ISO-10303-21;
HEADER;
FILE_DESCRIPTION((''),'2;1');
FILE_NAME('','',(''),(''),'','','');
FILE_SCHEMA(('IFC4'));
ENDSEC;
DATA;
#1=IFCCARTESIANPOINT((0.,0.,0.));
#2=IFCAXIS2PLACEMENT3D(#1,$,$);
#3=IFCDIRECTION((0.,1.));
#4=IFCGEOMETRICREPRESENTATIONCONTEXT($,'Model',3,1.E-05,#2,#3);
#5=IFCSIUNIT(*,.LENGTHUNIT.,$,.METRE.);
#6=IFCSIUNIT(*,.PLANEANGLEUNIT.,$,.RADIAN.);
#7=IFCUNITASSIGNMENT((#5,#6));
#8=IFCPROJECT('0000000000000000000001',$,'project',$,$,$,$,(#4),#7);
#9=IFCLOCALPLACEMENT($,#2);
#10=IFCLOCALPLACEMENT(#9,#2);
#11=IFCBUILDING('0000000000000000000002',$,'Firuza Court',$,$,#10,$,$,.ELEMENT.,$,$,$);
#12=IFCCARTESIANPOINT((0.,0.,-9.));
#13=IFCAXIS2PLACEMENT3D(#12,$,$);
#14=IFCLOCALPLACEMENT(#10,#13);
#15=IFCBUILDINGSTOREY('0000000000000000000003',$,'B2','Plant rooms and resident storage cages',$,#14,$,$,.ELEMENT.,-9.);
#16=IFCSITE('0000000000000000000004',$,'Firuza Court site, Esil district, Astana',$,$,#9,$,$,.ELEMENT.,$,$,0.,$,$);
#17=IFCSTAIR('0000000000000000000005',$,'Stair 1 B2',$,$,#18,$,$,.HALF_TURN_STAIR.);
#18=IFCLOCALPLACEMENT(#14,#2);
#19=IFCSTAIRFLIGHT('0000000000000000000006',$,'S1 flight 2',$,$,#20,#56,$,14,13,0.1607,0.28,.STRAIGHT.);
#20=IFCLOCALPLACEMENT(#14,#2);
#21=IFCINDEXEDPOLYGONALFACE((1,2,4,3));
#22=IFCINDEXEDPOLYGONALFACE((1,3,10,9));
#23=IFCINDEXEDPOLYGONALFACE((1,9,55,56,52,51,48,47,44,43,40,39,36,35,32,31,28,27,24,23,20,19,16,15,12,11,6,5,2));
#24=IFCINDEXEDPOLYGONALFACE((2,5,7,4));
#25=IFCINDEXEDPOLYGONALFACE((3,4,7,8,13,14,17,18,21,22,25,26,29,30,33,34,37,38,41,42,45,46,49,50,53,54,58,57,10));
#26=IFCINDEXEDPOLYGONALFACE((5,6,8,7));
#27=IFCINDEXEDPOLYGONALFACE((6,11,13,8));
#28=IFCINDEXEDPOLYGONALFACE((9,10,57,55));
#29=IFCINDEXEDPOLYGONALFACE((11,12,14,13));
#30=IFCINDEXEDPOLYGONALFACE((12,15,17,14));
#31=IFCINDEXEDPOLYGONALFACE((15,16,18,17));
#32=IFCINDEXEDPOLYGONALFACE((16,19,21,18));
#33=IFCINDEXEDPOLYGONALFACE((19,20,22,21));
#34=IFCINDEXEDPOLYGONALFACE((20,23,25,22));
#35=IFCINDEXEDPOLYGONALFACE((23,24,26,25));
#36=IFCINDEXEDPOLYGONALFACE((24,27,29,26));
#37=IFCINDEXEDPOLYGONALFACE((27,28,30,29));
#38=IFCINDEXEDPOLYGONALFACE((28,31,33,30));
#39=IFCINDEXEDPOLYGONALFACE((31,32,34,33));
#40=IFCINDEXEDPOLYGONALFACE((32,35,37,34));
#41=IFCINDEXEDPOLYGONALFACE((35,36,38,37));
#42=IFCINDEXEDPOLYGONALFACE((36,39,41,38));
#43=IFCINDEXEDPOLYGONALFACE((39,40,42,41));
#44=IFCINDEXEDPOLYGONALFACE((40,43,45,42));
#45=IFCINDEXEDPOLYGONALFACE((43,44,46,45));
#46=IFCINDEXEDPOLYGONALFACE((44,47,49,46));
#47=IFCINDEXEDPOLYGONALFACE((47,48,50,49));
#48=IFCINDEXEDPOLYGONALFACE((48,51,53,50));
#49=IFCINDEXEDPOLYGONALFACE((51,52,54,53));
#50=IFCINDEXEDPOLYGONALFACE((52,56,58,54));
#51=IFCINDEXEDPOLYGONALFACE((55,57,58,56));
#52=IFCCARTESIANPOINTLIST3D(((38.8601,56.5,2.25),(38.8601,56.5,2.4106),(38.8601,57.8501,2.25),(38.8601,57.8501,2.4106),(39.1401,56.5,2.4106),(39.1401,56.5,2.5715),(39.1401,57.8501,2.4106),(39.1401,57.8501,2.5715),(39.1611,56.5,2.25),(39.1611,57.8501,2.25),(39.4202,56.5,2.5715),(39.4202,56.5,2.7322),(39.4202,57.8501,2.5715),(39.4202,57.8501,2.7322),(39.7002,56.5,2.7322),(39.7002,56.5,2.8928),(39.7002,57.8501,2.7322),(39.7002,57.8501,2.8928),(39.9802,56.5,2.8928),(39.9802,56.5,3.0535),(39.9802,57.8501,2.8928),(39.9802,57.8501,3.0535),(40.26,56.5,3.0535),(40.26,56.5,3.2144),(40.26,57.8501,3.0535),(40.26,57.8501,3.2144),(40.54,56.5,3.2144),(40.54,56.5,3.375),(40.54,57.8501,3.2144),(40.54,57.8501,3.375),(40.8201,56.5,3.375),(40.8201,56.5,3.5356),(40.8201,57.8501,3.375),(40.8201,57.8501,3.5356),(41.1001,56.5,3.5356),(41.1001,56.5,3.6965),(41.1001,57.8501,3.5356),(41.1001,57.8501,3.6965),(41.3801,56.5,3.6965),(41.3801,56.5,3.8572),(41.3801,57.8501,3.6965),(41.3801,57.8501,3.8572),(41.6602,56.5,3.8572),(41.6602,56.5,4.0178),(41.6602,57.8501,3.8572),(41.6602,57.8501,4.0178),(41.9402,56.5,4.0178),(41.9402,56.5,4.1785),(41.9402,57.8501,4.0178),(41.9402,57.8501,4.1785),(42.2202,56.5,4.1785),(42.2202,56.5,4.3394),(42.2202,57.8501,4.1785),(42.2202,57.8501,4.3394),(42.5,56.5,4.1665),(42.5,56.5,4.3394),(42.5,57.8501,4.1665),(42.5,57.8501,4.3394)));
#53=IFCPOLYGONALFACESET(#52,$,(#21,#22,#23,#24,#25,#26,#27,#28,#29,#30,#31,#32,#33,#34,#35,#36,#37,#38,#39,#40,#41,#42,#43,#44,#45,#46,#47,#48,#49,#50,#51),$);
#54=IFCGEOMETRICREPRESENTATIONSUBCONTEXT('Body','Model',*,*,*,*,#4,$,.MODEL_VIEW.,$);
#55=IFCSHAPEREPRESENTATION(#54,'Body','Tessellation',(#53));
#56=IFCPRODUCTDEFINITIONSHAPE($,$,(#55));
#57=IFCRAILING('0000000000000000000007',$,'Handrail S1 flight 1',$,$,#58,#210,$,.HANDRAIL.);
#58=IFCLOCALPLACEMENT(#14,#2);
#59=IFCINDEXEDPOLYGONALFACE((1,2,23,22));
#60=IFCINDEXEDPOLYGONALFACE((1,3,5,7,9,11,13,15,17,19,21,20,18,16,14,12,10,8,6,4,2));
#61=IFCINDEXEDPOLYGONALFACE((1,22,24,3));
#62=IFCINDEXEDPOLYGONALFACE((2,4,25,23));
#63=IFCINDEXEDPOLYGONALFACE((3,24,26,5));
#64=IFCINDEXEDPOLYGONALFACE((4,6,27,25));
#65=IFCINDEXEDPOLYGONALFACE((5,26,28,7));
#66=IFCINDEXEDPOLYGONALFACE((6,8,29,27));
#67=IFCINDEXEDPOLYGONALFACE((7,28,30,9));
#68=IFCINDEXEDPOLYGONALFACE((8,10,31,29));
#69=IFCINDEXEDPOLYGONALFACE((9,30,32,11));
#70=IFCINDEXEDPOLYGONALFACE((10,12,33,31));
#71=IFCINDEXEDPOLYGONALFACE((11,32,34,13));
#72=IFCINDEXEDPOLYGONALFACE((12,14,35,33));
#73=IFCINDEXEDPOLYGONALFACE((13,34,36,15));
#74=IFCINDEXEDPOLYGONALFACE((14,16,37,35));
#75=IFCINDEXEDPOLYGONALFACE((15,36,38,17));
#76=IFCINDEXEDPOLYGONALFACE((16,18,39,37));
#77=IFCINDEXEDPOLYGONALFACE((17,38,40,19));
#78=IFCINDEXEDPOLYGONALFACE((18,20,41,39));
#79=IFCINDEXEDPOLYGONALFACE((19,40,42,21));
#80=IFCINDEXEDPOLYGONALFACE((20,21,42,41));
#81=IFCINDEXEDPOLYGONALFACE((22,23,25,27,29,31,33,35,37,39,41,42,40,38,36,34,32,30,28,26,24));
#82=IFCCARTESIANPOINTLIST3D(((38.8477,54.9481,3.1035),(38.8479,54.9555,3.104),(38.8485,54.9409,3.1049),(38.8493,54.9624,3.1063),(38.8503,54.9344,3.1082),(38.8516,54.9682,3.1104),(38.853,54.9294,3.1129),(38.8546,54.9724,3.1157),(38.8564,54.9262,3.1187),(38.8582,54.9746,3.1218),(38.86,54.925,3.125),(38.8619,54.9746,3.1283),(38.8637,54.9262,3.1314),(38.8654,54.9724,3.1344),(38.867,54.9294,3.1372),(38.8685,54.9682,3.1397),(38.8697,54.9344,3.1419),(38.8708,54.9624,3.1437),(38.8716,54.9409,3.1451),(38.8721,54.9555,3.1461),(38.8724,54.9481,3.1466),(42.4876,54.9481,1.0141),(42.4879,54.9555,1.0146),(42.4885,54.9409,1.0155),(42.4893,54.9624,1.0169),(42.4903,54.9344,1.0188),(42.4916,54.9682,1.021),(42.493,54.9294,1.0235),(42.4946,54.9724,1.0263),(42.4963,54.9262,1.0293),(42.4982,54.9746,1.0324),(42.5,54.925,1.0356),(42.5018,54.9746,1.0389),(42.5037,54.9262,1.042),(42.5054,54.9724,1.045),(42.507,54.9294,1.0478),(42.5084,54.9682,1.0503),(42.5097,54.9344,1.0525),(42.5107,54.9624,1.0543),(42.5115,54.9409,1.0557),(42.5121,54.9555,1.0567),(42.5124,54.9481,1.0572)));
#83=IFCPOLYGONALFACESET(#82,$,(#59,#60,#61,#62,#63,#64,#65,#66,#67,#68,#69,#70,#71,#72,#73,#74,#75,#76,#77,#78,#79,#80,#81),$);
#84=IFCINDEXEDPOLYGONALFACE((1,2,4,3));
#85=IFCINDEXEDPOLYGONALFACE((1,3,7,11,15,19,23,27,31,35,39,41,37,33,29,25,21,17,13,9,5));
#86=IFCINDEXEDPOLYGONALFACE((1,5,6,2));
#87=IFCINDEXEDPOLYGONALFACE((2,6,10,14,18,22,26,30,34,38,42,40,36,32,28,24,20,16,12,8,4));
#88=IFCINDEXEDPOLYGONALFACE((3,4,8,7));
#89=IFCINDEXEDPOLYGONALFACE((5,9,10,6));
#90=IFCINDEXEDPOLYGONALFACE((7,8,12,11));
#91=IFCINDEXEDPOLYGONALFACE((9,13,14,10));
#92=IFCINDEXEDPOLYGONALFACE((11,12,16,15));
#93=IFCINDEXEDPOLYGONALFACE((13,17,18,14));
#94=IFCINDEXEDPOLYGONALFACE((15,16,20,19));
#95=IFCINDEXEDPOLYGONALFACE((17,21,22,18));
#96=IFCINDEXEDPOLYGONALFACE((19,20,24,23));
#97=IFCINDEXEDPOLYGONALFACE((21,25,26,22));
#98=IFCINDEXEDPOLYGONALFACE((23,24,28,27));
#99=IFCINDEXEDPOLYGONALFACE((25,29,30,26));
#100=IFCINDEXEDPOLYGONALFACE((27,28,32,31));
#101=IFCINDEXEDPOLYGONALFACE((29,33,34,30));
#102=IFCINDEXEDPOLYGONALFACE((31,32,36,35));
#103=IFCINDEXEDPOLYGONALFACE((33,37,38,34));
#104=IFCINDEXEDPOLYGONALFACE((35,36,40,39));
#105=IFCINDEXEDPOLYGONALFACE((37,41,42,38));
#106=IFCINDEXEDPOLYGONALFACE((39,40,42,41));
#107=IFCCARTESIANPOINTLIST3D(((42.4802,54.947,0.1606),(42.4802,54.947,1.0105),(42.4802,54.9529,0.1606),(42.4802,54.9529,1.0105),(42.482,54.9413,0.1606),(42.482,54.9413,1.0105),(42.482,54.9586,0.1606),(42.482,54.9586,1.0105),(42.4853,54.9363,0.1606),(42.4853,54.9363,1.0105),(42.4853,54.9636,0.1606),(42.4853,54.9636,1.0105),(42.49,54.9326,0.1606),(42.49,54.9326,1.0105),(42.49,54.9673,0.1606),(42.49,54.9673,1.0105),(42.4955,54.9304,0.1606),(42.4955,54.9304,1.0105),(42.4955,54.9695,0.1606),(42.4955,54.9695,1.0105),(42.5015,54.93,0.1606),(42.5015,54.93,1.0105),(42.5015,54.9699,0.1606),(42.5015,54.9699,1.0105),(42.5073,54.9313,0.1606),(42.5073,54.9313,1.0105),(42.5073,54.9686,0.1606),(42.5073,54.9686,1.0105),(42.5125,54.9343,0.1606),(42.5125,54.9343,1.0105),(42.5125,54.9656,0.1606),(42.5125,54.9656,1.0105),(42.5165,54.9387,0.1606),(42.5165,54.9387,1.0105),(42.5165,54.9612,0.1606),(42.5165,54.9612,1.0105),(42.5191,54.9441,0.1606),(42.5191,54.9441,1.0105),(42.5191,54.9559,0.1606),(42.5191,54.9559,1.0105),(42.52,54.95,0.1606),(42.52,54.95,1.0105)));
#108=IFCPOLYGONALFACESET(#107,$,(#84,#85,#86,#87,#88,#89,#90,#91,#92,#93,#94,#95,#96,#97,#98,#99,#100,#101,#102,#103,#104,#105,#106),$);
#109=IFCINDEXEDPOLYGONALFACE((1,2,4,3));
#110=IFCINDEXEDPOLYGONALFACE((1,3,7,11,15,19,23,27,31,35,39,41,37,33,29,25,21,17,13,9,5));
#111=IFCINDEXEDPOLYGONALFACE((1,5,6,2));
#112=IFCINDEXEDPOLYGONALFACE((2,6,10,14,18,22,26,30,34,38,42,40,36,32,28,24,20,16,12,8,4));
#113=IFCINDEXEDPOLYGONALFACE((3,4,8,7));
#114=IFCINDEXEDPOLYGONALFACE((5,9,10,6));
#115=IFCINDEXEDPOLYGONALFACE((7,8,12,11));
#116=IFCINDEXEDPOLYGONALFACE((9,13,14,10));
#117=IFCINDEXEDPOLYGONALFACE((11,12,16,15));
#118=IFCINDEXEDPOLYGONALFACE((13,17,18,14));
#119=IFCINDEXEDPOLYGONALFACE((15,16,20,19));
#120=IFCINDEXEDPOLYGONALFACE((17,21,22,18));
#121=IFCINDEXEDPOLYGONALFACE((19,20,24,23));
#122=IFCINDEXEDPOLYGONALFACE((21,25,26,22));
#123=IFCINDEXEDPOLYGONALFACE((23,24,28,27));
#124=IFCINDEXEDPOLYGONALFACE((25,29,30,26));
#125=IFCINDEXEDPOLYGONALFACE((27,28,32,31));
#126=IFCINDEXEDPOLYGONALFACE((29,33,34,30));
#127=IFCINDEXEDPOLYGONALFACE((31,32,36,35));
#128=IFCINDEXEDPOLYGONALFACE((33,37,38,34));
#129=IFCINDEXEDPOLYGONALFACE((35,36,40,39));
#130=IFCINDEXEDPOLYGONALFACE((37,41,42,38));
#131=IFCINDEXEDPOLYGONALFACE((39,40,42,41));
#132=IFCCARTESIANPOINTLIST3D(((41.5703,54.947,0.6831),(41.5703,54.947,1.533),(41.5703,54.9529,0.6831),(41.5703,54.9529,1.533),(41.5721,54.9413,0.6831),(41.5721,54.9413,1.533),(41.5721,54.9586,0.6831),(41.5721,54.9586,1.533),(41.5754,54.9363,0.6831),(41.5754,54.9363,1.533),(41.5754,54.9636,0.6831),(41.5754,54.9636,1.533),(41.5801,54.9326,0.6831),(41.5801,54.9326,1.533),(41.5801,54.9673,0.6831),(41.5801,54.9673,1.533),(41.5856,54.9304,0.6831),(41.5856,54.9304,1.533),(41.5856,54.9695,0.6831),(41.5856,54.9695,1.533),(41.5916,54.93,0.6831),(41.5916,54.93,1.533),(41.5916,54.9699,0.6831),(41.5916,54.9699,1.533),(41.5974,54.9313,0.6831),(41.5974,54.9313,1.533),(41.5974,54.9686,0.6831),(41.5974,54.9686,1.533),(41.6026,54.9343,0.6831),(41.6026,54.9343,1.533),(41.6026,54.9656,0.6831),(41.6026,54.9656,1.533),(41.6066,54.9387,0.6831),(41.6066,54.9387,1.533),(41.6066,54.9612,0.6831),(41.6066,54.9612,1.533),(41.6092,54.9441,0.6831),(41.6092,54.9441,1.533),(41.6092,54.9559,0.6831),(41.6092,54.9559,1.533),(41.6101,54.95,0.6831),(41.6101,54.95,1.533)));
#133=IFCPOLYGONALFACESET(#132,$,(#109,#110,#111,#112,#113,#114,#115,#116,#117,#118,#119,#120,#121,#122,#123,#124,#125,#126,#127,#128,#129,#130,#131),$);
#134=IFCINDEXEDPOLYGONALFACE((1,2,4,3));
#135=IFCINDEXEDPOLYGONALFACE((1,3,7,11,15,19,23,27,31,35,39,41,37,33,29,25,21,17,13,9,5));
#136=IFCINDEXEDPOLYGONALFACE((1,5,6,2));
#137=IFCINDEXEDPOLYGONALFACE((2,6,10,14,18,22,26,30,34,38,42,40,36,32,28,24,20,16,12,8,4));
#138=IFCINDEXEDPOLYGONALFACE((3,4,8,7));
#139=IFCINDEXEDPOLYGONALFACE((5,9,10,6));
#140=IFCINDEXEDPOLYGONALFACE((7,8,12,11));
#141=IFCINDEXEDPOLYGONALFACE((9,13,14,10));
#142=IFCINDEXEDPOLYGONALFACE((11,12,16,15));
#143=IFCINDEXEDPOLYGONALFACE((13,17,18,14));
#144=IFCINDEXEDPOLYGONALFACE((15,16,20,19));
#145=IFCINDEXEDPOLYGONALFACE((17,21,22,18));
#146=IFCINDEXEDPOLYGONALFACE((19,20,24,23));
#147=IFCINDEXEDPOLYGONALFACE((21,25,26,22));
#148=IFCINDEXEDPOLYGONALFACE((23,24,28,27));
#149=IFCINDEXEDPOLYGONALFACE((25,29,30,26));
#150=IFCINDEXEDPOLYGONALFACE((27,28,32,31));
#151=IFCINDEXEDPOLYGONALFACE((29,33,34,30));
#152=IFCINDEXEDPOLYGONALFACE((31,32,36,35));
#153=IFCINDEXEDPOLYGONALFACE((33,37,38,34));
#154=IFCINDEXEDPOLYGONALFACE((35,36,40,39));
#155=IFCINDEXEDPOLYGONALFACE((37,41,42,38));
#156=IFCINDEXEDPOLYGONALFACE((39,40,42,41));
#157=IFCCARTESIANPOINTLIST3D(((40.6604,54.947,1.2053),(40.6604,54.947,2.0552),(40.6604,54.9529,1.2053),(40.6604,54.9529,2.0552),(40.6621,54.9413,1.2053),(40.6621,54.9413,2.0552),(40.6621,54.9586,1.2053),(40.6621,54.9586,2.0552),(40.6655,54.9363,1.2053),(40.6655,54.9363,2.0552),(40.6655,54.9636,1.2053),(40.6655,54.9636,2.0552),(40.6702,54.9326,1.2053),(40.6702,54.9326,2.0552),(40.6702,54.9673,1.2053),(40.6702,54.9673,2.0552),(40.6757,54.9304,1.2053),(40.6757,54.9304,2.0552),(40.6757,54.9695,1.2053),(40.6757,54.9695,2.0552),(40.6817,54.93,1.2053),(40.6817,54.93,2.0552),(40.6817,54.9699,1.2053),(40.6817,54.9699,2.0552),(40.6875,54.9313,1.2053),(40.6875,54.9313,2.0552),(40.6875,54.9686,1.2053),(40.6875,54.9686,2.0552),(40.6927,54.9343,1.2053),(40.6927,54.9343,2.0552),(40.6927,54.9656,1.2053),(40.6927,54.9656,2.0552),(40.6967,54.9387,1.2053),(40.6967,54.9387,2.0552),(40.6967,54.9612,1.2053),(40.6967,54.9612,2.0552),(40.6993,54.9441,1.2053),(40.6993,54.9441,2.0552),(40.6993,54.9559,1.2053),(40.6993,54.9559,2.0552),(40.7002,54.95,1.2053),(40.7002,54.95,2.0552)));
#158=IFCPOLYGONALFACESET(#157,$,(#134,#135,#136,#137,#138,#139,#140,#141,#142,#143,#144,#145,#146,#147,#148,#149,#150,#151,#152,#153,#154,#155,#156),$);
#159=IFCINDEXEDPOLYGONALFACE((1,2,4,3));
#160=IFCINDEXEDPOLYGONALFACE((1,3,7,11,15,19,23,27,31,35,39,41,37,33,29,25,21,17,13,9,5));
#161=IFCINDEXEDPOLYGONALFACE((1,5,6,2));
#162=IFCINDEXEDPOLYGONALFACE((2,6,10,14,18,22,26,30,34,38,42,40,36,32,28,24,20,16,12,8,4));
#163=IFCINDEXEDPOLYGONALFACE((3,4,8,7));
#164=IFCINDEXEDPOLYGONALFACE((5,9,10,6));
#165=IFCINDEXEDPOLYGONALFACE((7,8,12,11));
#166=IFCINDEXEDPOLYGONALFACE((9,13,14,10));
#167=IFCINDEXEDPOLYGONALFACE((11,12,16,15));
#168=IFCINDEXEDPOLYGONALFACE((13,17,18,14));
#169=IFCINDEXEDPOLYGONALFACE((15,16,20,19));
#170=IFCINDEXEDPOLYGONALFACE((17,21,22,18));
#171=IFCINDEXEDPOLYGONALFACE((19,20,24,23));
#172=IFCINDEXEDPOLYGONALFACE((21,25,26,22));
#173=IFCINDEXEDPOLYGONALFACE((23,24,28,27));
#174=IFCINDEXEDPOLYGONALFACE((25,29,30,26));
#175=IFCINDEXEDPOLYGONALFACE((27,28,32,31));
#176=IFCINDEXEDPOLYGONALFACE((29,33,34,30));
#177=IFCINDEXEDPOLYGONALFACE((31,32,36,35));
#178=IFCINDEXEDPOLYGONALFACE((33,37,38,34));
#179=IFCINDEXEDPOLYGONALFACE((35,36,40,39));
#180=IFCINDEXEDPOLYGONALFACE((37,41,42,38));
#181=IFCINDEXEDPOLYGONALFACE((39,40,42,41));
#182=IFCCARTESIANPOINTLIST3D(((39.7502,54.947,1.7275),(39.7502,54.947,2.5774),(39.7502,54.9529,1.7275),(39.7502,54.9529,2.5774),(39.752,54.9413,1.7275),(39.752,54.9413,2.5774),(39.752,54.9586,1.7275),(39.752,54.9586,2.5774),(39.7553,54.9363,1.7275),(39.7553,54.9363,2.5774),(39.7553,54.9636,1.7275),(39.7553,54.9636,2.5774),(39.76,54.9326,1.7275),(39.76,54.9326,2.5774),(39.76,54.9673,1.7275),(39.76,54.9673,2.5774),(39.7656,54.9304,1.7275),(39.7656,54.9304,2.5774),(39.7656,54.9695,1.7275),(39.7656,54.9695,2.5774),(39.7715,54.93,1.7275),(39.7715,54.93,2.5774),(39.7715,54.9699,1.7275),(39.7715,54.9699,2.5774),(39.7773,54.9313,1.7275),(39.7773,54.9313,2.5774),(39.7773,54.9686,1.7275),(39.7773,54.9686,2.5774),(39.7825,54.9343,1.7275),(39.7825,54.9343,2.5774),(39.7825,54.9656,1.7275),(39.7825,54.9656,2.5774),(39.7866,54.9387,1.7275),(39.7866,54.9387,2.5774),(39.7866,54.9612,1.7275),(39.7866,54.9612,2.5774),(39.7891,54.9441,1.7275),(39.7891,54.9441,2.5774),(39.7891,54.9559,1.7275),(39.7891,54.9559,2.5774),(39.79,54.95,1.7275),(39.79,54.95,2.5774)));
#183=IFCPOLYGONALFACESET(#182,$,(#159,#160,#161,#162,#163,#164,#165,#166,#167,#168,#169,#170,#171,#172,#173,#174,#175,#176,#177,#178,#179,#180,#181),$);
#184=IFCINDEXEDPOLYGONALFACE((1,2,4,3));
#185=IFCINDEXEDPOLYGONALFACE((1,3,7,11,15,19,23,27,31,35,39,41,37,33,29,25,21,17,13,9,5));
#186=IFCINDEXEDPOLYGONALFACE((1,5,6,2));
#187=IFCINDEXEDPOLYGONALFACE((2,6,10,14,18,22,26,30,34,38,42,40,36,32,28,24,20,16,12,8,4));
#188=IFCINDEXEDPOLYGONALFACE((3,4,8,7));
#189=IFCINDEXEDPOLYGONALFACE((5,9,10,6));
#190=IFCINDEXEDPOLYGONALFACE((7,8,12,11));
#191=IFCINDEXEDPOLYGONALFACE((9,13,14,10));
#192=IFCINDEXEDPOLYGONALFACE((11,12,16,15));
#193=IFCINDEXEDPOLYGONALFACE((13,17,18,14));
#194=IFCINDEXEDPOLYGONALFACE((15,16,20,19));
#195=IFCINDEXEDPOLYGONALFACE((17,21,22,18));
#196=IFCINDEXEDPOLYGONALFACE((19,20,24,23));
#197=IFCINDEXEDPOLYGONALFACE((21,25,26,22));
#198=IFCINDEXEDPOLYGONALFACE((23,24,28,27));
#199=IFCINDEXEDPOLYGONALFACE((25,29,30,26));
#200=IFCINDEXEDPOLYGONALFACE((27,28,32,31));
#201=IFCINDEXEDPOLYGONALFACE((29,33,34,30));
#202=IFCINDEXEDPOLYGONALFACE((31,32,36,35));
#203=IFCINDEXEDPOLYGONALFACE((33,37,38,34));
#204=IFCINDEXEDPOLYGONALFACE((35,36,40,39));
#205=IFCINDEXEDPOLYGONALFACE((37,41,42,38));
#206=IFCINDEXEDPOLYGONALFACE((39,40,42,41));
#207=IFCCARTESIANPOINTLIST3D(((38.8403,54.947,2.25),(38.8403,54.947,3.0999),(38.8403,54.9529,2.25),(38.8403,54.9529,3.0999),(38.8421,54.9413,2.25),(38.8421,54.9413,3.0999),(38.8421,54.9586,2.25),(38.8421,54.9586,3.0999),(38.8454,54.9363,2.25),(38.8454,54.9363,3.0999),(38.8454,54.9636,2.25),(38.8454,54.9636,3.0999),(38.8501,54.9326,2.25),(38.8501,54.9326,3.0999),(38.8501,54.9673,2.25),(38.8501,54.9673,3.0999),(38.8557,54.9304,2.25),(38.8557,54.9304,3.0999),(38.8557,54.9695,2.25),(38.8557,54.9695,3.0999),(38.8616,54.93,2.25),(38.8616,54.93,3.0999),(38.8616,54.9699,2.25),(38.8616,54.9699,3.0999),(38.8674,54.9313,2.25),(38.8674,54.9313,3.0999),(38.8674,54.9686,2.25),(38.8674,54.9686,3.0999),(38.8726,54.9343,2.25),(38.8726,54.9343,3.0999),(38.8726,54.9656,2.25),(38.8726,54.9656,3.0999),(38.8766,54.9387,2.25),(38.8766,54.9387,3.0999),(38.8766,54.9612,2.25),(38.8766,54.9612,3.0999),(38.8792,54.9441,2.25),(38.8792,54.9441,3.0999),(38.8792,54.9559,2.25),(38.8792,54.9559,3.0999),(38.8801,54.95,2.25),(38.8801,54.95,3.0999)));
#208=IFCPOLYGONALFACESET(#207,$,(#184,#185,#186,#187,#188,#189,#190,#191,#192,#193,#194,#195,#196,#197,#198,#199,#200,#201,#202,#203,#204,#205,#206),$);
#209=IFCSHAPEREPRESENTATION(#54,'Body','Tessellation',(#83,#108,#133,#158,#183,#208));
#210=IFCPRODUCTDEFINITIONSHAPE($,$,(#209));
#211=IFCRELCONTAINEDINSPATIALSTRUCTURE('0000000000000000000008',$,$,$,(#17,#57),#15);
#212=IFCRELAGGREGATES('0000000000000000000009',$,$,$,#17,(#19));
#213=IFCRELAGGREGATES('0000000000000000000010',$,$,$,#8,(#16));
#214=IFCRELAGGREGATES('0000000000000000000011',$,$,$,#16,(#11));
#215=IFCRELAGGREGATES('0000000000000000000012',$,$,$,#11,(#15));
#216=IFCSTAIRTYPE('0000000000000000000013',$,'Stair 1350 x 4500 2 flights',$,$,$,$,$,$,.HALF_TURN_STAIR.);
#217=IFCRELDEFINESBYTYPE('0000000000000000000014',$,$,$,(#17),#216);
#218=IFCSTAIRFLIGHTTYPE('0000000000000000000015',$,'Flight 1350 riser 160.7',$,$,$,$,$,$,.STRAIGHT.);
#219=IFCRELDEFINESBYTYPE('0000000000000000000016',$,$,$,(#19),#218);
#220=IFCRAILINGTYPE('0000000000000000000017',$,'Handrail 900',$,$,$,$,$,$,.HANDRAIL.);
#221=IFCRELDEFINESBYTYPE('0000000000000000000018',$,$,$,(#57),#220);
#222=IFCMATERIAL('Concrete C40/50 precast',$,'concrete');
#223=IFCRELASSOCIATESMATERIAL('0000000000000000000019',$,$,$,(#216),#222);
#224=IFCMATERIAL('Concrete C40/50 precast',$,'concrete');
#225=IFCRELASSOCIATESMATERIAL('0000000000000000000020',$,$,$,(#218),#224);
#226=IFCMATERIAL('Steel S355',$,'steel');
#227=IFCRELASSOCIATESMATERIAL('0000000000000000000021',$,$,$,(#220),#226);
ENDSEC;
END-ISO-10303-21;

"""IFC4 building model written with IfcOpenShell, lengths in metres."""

from ifc_helpers import new_model, si_unit, direction, frame, origin, origin_2d, place, context, subcontext, project, spatial, polyline, circle, outline, extrude, material, type_object, element, aggregate, save


model = new_model("IFC4")

# Units and contexts
model_context = context("Model", 3, precision=1e-05, world=origin(), true_north=direction((0.0, 1.0)))
body_context = subcontext(model_context, "Body", "Model", "MODEL_VIEW")
ifc_project = project(units=[si_unit("LENGTHUNIT", "METRE"), si_unit("PLANEANGLEUNIT", "RADIAN")], contexts=[model_context])

# Site, building, storey
site_placement = place(None, origin())
site = spatial("IfcSite", under=ifc_project, at=site_placement, Name="Firuza Court site, Esil district, Astana", CompositionType="ELEMENT", RefElevation=0.0)
building_placement = place(site_placement, origin())
building = spatial("IfcBuilding", under=site, at=building_placement, Name="Firuza Court", CompositionType="ELEMENT")
storey_placement = place(building_placement, frame((0.0, 0.0, -9.0)))
storey = spatial("IfcBuildingStorey", under=building, at=storey_placement, Name="B2", Description="Plant rooms and resident storage cages", CompositionType="ELEMENT", Elevation=-9.0)

# Stair, stair flight
ifc_material_1 = material(Name="Concrete C40/50 precast", Category="concrete")
stair_type = type_object("IfcStairType", Name="Stair 1350 x 4500 2 flights", PredefinedType="HALF_TURN_STAIR", material=ifc_material_1)
stair_placement = place(storey_placement, origin())
stair = element("IfcStair", 1, at=stair_placement, inside=storey, type_object=stair_type, Name="Stair 1 B2", PredefinedType="HALF_TURN_STAIR")
ifc_material_2 = material(Name="Concrete C40/50 precast", Category="concrete")
stair_flight_type = type_object("IfcStairFlightType", Name="Flight 1350 riser 160.7", PredefinedType="STRAIGHT", material=ifc_material_2)
stair_flight_1_placement = place(storey_placement, frame((38.8601, 57.175, 2.25), z_axis=(0.0, 0.0, 1.0), x_axis=(1.0, 0.0, 0.0)))
stair_flight_1 = element("IfcStairFlight", 2, at=stair_flight_1_placement, type_object=stair_flight_type, Name="S1 flight 2", NumberOfRisers=14, NumberOfTreads=13, PredefinedType="STRAIGHT", RiserHeight=0.1607, TreadLength=0.28, context=body_context, shape_type="SweptSolid", body=[
    extrude(outline(polyline([(0.0, 0.0), (0.0, 0.1606), (0.28, 0.1606), (0.28, 0.3215), (0.5601, 0.3215), (0.5601, 0.4822), (0.8401, 0.4822), (0.8401, 0.6428), (1.1201, 0.6428), (1.1201, 0.8035), (1.3999, 0.8035), (1.3999, 0.9644), (1.6799, 0.9644), (1.6799, 1.125), (1.96, 1.125), (1.96, 1.2856), (2.24, 1.2856), (2.24, 1.4465), (2.52, 1.4465), (2.52, 1.6072), (2.8, 1.6072), (2.8, 1.7678), (3.0801, 1.7678), (3.0801, 1.9285), (3.3601, 1.9285), (3.3601, 2.0894), (3.6399, 2.0894), (3.6399, 2.25), (3.6399, 1.9165), (0.301, 0.0), (0.0, 0.0)])), frame((0.0, 0.675, 0.0), z_axis=(0.0, -1.0, 0.0), x_axis=(1.0, 0.0, 0.0)), (0.0, 0.0, 1.0), 1.3501),
])
aggregate(stair, [stair_flight_1])

# Railing
ifc_material_3 = material(Name="Steel S355", Category="steel")
railing_type_1 = type_object("IfcRailingType", Name="Handrail 900", PredefinedType="HANDRAIL", material=ifc_material_3)
railing_1_placement = place(storey_placement, frame((42.5, 54.95, 0.1606)))
element("IfcRailing", 3, at=railing_1_placement, inside=storey, type_object=railing_type_1, Name="Handrail S1 flight 1", PredefinedType="HANDRAIL", context=body_context, shape_type="SweptSolid", body=[
    extrude(circle(Radius=0.0249, at=origin_2d()), frame((0.0, 0.0, 0.875), z_axis=(-0.867275, 0.0, 0.497829), x_axis=(0.0, -1.0, 0.0)), (0.0, 0.0, 1.0), 4.197),
    extrude(circle(Radius=0.02, at=origin_2d()), origin(), (0.0, 0.0, 1.0), 0.8499),
    extrude(circle(Radius=0.02, at=origin_2d()), frame((-0.9099, 0.0, 0.5225)), (0.0, 0.0, 1.0), 0.8499),
    extrude(circle(Radius=0.02, at=origin_2d()), frame((-1.8198, 0.0, 1.0447)), (0.0, 0.0, 1.0), 0.8499),
    extrude(circle(Radius=0.02, at=origin_2d()), frame((-2.73, 0.0, 1.5669)), (0.0, 0.0, 1.0), 0.8499),
    extrude(circle(Radius=0.02, at=origin_2d()), frame((-3.6399, 0.0, 2.0894)), (0.0, 0.0, 1.0), 0.8499),
])

save(model, "model.ifc")
